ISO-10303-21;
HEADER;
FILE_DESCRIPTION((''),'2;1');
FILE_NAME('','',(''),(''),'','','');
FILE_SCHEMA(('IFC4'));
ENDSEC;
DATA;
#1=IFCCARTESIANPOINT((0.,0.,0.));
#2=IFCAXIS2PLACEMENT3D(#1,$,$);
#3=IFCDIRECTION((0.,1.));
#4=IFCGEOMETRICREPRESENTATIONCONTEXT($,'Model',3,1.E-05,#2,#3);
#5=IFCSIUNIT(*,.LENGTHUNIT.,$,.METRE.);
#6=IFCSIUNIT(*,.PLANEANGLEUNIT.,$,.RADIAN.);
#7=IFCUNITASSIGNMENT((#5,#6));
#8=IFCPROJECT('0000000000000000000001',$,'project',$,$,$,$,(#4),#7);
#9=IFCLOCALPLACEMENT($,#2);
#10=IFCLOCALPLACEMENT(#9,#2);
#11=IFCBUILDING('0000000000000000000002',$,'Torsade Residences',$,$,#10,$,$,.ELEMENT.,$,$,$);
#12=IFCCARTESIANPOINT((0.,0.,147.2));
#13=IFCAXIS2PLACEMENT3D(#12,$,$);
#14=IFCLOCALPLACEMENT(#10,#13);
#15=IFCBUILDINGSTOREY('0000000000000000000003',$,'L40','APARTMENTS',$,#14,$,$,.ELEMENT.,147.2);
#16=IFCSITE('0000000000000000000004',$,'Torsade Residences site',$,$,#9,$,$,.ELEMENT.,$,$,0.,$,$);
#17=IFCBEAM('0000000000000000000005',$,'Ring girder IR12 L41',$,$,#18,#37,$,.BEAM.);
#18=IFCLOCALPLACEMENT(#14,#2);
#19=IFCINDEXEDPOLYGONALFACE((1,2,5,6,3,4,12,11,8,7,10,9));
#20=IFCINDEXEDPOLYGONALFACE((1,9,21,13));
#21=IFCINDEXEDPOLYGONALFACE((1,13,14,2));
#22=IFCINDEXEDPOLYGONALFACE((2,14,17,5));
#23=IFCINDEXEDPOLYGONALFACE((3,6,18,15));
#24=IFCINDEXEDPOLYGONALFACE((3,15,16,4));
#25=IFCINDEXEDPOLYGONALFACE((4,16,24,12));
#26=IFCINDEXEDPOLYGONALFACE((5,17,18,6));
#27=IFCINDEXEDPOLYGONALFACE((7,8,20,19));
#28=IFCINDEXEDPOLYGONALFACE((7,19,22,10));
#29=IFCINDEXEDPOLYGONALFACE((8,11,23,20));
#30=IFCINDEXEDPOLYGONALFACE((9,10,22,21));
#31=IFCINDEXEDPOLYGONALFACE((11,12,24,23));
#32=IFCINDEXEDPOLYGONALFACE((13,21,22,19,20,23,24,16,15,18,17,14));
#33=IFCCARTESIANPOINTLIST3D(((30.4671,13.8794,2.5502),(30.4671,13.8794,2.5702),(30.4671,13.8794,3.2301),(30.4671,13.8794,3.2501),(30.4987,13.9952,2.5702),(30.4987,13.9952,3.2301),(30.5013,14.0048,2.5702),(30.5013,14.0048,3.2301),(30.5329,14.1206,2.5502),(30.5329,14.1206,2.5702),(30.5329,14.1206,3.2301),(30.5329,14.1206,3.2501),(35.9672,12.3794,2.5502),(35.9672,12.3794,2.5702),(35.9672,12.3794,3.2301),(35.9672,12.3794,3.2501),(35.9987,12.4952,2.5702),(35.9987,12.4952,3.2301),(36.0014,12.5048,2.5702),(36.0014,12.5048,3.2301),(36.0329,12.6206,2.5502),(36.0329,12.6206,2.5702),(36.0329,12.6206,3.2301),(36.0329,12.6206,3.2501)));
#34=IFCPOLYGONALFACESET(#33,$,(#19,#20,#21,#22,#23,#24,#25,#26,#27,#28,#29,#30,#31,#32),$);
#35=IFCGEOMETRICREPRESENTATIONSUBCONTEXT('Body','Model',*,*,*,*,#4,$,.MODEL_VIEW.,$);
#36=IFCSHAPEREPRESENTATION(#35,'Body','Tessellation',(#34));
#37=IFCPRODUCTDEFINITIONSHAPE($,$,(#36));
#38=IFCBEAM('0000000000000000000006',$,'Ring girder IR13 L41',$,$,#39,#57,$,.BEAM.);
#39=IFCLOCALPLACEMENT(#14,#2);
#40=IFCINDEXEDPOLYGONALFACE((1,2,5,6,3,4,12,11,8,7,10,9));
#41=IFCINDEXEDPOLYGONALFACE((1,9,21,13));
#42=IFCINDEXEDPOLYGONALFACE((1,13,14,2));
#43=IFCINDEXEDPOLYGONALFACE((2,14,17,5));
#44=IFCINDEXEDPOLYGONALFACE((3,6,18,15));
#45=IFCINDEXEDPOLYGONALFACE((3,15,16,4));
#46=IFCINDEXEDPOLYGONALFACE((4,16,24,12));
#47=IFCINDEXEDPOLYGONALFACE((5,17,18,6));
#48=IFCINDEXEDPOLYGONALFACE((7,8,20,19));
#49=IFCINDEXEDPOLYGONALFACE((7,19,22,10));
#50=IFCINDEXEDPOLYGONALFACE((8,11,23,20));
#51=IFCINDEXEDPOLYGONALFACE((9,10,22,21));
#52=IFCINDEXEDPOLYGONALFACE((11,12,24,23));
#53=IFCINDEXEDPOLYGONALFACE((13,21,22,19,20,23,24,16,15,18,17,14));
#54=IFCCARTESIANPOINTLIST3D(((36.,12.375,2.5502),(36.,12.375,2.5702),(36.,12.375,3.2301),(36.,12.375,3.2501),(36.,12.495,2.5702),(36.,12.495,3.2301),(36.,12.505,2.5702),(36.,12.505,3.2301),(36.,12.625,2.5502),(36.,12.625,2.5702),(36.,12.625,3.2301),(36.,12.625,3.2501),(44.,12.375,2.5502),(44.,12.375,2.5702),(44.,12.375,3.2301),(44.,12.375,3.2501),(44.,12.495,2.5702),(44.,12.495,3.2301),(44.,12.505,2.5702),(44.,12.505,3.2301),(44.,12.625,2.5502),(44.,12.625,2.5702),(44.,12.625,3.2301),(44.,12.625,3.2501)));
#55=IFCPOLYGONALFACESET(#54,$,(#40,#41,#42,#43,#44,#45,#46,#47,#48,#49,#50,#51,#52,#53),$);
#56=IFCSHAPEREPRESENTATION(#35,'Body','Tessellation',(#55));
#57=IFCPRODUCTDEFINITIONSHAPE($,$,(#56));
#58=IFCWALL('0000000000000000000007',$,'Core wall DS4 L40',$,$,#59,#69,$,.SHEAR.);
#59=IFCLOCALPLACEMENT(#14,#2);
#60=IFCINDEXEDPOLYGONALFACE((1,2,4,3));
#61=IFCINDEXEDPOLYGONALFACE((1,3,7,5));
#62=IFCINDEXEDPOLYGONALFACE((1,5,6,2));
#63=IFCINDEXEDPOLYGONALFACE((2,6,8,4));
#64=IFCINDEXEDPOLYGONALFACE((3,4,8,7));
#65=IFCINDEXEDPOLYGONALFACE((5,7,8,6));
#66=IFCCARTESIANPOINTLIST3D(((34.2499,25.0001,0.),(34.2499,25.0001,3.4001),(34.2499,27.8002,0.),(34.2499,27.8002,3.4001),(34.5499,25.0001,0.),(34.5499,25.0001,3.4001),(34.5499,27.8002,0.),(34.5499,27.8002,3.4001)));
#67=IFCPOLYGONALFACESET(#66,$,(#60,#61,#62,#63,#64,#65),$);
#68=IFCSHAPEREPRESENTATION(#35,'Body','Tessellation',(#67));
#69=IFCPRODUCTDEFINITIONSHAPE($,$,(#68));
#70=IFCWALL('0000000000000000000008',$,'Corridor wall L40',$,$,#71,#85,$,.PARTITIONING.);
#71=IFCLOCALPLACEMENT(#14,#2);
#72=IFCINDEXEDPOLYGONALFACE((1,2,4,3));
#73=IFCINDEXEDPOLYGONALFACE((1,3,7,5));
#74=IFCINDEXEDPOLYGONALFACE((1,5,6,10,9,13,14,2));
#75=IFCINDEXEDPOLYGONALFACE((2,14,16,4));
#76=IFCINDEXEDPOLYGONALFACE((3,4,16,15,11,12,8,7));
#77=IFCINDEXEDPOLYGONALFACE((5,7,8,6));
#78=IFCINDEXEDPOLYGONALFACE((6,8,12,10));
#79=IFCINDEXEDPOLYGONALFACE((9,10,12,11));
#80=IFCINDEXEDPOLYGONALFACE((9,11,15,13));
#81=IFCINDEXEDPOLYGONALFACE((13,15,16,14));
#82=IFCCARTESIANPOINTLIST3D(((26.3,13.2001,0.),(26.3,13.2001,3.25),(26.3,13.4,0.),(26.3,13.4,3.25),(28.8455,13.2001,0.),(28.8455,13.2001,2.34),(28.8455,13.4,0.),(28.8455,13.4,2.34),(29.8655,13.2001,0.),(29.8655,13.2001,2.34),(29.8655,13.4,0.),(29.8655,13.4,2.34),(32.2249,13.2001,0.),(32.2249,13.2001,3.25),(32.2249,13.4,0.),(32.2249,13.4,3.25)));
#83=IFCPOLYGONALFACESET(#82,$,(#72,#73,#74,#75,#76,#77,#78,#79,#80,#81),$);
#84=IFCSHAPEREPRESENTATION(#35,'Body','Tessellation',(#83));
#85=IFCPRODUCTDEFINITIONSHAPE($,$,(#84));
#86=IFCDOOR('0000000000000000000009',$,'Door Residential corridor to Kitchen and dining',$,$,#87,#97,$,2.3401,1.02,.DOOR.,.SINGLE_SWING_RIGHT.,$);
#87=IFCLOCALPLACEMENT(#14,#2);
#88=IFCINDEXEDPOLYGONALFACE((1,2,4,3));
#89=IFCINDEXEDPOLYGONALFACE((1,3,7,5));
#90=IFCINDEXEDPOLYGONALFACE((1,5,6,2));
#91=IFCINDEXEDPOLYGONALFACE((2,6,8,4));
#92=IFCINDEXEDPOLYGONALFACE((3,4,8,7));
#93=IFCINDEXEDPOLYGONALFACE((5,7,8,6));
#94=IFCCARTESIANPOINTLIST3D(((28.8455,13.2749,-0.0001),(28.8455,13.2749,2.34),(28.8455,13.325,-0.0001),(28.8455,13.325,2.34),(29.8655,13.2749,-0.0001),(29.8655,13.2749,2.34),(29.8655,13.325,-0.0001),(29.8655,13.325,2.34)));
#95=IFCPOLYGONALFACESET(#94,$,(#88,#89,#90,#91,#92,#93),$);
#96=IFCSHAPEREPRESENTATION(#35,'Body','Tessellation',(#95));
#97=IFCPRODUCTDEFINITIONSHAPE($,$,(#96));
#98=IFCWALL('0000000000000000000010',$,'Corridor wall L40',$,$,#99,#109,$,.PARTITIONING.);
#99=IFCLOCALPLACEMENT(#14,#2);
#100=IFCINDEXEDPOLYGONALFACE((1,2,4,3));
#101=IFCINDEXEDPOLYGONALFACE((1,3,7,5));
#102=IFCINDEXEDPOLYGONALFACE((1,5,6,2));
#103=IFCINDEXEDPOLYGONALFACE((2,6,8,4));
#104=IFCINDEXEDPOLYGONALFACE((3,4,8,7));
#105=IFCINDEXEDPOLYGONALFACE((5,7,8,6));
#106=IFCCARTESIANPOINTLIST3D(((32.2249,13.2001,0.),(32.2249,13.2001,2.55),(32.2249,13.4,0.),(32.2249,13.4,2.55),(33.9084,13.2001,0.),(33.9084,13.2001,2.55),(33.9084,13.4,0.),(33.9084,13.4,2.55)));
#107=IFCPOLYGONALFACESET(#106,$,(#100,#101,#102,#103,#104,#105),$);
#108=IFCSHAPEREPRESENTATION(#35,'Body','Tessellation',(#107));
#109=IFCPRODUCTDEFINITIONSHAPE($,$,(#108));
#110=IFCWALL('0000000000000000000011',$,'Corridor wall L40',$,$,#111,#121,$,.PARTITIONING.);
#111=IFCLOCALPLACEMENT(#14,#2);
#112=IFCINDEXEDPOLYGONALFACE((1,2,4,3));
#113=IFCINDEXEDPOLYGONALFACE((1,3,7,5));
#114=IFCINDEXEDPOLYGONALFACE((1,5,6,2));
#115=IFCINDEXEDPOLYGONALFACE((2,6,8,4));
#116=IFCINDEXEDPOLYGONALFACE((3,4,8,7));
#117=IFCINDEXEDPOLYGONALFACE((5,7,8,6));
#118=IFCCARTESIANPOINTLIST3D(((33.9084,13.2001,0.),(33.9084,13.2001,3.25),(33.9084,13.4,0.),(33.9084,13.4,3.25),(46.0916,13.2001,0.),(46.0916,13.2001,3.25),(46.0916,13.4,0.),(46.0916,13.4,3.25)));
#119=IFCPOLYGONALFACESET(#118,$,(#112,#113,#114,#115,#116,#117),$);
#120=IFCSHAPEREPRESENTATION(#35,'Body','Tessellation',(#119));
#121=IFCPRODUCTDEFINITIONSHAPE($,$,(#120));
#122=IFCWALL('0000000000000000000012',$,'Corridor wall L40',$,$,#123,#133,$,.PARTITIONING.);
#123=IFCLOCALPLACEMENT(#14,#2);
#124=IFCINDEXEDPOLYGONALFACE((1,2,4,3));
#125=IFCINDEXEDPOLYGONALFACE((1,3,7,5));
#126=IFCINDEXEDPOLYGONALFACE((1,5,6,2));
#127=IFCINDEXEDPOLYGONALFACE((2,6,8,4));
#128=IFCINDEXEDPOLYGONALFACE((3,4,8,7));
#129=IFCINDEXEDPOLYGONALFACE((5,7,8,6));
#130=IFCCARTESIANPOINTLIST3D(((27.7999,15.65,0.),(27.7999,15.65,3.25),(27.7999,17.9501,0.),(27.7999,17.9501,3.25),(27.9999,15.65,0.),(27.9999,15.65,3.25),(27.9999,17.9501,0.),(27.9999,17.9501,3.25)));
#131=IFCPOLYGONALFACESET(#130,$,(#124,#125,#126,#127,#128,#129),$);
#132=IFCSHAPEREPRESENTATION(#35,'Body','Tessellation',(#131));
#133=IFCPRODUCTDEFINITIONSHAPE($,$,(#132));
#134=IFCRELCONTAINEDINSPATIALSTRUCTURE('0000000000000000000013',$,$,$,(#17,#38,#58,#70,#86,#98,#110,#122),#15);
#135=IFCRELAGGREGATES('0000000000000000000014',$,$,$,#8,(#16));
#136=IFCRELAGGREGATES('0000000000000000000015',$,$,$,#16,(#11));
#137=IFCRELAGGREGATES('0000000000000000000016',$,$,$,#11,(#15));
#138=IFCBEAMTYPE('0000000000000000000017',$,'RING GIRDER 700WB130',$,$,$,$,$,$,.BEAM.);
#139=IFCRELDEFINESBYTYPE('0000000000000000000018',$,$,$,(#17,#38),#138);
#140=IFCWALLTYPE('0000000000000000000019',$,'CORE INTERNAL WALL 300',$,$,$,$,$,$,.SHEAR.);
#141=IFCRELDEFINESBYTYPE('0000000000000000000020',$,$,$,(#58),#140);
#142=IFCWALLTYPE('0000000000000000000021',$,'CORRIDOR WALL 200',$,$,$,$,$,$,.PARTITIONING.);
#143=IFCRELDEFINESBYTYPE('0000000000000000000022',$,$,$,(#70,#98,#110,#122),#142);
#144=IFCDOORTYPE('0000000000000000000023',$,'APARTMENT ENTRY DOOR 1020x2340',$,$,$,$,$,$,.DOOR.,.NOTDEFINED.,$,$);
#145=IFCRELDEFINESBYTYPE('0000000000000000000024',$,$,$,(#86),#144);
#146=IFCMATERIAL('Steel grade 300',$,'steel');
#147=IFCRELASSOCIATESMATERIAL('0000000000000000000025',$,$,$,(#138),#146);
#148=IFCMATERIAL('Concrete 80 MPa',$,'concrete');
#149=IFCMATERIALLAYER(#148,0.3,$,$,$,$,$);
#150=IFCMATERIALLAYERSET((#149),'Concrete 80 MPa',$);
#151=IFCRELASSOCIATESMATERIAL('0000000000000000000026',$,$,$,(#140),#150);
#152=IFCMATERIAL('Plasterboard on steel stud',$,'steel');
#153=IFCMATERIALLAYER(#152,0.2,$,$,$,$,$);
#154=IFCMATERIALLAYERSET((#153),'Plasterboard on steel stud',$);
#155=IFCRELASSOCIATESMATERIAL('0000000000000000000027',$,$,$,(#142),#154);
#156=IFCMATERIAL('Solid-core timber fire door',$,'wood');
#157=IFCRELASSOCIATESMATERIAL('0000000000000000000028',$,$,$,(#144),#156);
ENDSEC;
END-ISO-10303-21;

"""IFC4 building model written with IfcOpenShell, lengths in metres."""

from ifc_helpers import new_model, si_unit, direction, frame, frame_2d, origin, origin_2d, place, context, subcontext, project, spatial, rectangle, i_section, extrude, material, layer, layer_set, material_profile, profile_set, type_object, element, fill, save


model = new_model("IFC4")

# Units and contexts
model_context = context("Model", 3, precision=1e-05, world=origin(), true_north=direction((0.0, 1.0)))
body_context = subcontext(model_context, "Body", "Model", "MODEL_VIEW")
ifc_project = project(units=[si_unit("LENGTHUNIT", "METRE"), si_unit("PLANEANGLEUNIT", "RADIAN")], contexts=[model_context])

# Site, building, storey
site_placement = place(None, origin())
site = spatial("IfcSite", under=ifc_project, at=site_placement, Name="Torsade Residences site", CompositionType="ELEMENT", RefElevation=0.0)
building_placement = place(site_placement, origin())
building = spatial("IfcBuilding", under=site, at=building_placement, Name="Torsade Residences", CompositionType="ELEMENT")
storey_placement = place(building_placement, frame((0.0, 0.0, 147.2)))
storey = spatial("IfcBuildingStorey", under=building, at=storey_placement, Name="L40", Description="APARTMENTS", CompositionType="ELEMENT", Elevation=147.2)

# Beams
ifc_material_1 = material(Name="Steel grade 300", Category="steel")
ifc_material_profile_1 = material_profile(ifc_material_1, i_section(OverallWidth=0.25, OverallDepth=0.7, WebThickness=0.01, FlangeThickness=0.02, at=origin_2d()), Name="700WB130")
ifc_profile_set_1 = profile_set([ifc_material_profile_1], Name="Steel grade 300")
beam_type_1 = type_object("IfcBeamType", Name="RING GIRDER 700WB130", PredefinedType="BEAM", material=ifc_profile_set_1)
beam_1_placement = place(storey_placement, frame((30.5, 14.0, 2.9001), z_axis=(0.964764, -0.263117, 0.0), x_axis=(0.263117, 0.964764, 0.0)))
element("IfcBeam", 1, at=beam_1_placement, inside=storey, type_object=beam_type_1, Name="Ring girder IR12 L41", PredefinedType="BEAM", context=body_context, shape_type="SweptSolid", body=[
    extrude(i_section(OverallWidth=0.25, OverallDepth=0.7, WebThickness=0.01, FlangeThickness=0.02, at=origin_2d()), origin(), (0.0, 0.0, 1.0), 5.7009),
])
beam_2_placement = place(storey_placement, frame((36.0, 12.5, 2.9001), z_axis=(1.0, 0.0, 0.0), x_axis=(0.0, 1.0, 0.0)))
element("IfcBeam", 2, at=beam_2_placement, inside=storey, type_object=beam_type_1, Name="Ring girder IR13 L41", PredefinedType="BEAM", context=body_context, shape_type="SweptSolid", body=[
    extrude(i_section(OverallWidth=0.25, OverallDepth=0.7, WebThickness=0.01, FlangeThickness=0.02, at=origin_2d()), origin(), (0.0, 0.0, 1.0), 8.0),
])

# Wall
ifc_material_2 = material(Name="Concrete 80 MPa", Category="concrete")
ifc_layer_1 = layer(ifc_material_2, 0.3)
ifc_layer_set_1 = layer_set([ifc_layer_1], Name="Concrete 80 MPa")
wall_type_1 = type_object("IfcWallType", Name="CORE INTERNAL WALL 300", PredefinedType="SHEAR", material=ifc_layer_set_1)
wall_1_placement = place(storey_placement, frame((34.3999, 27.8, 0.0), z_axis=(0.0, 0.0, 1.0), x_axis=(0.0, -1.0, 0.0)))
element("IfcWall", 3, at=wall_1_placement, inside=storey, type_object=wall_type_1, Name="Core wall DS4 L40", PredefinedType="SHEAR", context=body_context, shape_type="SweptSolid", body=[
    extrude(rectangle(XDim=2.8, YDim=0.3, at=frame_2d((1.3999, 0.0))), origin(), (0.0, 0.0, 1.0), 3.4001),
])

# Wall, opening, door
ifc_material_3 = material(Name="Plasterboard on steel stud", Category="steel")
ifc_layer_2 = layer(ifc_material_3, 0.2)
ifc_layer_set_2 = layer_set([ifc_layer_2], Name="Plasterboard on steel stud")
wall_type_2 = type_object("IfcWallType", Name="CORRIDOR WALL 200", PredefinedType="PARTITIONING", material=ifc_layer_set_2)
wall_2_placement = place(storey_placement, frame((26.3, 13.3, 0.0), z_axis=(0.0, 0.0, 1.0), x_axis=(1.0, 0.0, 0.0)))
wall_2 = element("IfcWall", 4, at=wall_2_placement, inside=storey, type_object=wall_type_2, Name="Corridor wall L40", PredefinedType="PARTITIONING", context=body_context, shape_type="SweptSolid", body=[
    extrude(rectangle(XDim=5.9248, YDim=0.2, at=frame_2d((2.9624, 0.0))), origin(), (0.0, 0.0, 1.0), 3.25),
])
opening_1_placement = place(wall_2_placement, frame((2.5454, 0.0, 0.0)))
opening_1 = element("IfcOpeningElement", 5, at=opening_1_placement, cuts=wall_2, PredefinedType="OPENING", context=body_context, shape_type="SweptSolid", body=[
    extrude(rectangle(XDim=1.02, YDim=2.3401, at=frame_2d((0.51, 1.1699))), frame((0.0, 0.1099, 0.0), z_axis=(0.0, -1.0, 0.0), x_axis=(1.0, 0.0, 0.0)), (0.0, 0.0, 1.0), 0.22),
])
ifc_material_4 = material(Name="Solid-core timber fire door", Category="wood")
door_type_1 = type_object("IfcDoorType", Name="APARTMENT ENTRY DOOR 1020x2340", OperationType="NOTDEFINED", PredefinedType="DOOR", material=ifc_material_4)
door_1_placement = place(opening_1_placement, origin())
door_1 = element("IfcDoor", 6, at=door_1_placement, inside=storey, type_object=door_type_1, Name="Door Residential corridor to Kitchen and dining", OperationType="SINGLE_SWING_RIGHT", OverallHeight=2.3401, OverallWidth=1.02, PredefinedType="DOOR", context=body_context, shape_type="SweptSolid", body=[
    extrude(rectangle(XDim=1.02, YDim=2.3401, at=frame_2d((0.51, 1.1699))), frame((0.0, 0.0249, 0.0), z_axis=(0.0, -1.0, 0.0), x_axis=(1.0, 0.0, 0.0)), (0.0, 0.0, 1.0), 0.05),
])
fill(opening_1, door_1)

# Walls
wall_3_placement = place(storey_placement, frame((32.2249, 13.3, 0.0), z_axis=(0.0, 0.0, 1.0), x_axis=(1.0, 0.0, 0.0)))
element("IfcWall", 7, at=wall_3_placement, inside=storey, type_object=wall_type_2, Name="Corridor wall L40", PredefinedType="PARTITIONING", context=body_context, shape_type="SweptSolid", body=[
    extrude(rectangle(XDim=1.6836, YDim=0.2, at=frame_2d((0.8418, 0.0))), origin(), (0.0, 0.0, 1.0), 2.55),
])
wall_4_placement = place(storey_placement, frame((33.9084, 13.3, 0.0), z_axis=(0.0, 0.0, 1.0), x_axis=(1.0, 0.0, 0.0)))
element("IfcWall", 8, at=wall_4_placement, inside=storey, type_object=wall_type_2, Name="Corridor wall L40", PredefinedType="PARTITIONING", context=body_context, shape_type="SweptSolid", body=[
    extrude(rectangle(XDim=12.1831, YDim=0.2, at=frame_2d((6.0916, 0.0))), origin(), (0.0, 0.0, 1.0), 3.25),
])
wall_5_placement = place(storey_placement, frame((27.8999, 17.95, 0.0), z_axis=(0.0, 0.0, 1.0), x_axis=(0.0, -1.0, 0.0)))
element("IfcWall", 9, at=wall_5_placement, inside=storey, type_object=wall_type_2, Name="Corridor wall L40", PredefinedType="PARTITIONING", context=body_context, shape_type="SweptSolid", body=[
    extrude(rectangle(XDim=2.3, YDim=0.2, at=frame_2d((1.1499, 0.0))), origin(), (0.0, 0.0, 1.0), 3.25),
])

save(model, "model.ifc")
